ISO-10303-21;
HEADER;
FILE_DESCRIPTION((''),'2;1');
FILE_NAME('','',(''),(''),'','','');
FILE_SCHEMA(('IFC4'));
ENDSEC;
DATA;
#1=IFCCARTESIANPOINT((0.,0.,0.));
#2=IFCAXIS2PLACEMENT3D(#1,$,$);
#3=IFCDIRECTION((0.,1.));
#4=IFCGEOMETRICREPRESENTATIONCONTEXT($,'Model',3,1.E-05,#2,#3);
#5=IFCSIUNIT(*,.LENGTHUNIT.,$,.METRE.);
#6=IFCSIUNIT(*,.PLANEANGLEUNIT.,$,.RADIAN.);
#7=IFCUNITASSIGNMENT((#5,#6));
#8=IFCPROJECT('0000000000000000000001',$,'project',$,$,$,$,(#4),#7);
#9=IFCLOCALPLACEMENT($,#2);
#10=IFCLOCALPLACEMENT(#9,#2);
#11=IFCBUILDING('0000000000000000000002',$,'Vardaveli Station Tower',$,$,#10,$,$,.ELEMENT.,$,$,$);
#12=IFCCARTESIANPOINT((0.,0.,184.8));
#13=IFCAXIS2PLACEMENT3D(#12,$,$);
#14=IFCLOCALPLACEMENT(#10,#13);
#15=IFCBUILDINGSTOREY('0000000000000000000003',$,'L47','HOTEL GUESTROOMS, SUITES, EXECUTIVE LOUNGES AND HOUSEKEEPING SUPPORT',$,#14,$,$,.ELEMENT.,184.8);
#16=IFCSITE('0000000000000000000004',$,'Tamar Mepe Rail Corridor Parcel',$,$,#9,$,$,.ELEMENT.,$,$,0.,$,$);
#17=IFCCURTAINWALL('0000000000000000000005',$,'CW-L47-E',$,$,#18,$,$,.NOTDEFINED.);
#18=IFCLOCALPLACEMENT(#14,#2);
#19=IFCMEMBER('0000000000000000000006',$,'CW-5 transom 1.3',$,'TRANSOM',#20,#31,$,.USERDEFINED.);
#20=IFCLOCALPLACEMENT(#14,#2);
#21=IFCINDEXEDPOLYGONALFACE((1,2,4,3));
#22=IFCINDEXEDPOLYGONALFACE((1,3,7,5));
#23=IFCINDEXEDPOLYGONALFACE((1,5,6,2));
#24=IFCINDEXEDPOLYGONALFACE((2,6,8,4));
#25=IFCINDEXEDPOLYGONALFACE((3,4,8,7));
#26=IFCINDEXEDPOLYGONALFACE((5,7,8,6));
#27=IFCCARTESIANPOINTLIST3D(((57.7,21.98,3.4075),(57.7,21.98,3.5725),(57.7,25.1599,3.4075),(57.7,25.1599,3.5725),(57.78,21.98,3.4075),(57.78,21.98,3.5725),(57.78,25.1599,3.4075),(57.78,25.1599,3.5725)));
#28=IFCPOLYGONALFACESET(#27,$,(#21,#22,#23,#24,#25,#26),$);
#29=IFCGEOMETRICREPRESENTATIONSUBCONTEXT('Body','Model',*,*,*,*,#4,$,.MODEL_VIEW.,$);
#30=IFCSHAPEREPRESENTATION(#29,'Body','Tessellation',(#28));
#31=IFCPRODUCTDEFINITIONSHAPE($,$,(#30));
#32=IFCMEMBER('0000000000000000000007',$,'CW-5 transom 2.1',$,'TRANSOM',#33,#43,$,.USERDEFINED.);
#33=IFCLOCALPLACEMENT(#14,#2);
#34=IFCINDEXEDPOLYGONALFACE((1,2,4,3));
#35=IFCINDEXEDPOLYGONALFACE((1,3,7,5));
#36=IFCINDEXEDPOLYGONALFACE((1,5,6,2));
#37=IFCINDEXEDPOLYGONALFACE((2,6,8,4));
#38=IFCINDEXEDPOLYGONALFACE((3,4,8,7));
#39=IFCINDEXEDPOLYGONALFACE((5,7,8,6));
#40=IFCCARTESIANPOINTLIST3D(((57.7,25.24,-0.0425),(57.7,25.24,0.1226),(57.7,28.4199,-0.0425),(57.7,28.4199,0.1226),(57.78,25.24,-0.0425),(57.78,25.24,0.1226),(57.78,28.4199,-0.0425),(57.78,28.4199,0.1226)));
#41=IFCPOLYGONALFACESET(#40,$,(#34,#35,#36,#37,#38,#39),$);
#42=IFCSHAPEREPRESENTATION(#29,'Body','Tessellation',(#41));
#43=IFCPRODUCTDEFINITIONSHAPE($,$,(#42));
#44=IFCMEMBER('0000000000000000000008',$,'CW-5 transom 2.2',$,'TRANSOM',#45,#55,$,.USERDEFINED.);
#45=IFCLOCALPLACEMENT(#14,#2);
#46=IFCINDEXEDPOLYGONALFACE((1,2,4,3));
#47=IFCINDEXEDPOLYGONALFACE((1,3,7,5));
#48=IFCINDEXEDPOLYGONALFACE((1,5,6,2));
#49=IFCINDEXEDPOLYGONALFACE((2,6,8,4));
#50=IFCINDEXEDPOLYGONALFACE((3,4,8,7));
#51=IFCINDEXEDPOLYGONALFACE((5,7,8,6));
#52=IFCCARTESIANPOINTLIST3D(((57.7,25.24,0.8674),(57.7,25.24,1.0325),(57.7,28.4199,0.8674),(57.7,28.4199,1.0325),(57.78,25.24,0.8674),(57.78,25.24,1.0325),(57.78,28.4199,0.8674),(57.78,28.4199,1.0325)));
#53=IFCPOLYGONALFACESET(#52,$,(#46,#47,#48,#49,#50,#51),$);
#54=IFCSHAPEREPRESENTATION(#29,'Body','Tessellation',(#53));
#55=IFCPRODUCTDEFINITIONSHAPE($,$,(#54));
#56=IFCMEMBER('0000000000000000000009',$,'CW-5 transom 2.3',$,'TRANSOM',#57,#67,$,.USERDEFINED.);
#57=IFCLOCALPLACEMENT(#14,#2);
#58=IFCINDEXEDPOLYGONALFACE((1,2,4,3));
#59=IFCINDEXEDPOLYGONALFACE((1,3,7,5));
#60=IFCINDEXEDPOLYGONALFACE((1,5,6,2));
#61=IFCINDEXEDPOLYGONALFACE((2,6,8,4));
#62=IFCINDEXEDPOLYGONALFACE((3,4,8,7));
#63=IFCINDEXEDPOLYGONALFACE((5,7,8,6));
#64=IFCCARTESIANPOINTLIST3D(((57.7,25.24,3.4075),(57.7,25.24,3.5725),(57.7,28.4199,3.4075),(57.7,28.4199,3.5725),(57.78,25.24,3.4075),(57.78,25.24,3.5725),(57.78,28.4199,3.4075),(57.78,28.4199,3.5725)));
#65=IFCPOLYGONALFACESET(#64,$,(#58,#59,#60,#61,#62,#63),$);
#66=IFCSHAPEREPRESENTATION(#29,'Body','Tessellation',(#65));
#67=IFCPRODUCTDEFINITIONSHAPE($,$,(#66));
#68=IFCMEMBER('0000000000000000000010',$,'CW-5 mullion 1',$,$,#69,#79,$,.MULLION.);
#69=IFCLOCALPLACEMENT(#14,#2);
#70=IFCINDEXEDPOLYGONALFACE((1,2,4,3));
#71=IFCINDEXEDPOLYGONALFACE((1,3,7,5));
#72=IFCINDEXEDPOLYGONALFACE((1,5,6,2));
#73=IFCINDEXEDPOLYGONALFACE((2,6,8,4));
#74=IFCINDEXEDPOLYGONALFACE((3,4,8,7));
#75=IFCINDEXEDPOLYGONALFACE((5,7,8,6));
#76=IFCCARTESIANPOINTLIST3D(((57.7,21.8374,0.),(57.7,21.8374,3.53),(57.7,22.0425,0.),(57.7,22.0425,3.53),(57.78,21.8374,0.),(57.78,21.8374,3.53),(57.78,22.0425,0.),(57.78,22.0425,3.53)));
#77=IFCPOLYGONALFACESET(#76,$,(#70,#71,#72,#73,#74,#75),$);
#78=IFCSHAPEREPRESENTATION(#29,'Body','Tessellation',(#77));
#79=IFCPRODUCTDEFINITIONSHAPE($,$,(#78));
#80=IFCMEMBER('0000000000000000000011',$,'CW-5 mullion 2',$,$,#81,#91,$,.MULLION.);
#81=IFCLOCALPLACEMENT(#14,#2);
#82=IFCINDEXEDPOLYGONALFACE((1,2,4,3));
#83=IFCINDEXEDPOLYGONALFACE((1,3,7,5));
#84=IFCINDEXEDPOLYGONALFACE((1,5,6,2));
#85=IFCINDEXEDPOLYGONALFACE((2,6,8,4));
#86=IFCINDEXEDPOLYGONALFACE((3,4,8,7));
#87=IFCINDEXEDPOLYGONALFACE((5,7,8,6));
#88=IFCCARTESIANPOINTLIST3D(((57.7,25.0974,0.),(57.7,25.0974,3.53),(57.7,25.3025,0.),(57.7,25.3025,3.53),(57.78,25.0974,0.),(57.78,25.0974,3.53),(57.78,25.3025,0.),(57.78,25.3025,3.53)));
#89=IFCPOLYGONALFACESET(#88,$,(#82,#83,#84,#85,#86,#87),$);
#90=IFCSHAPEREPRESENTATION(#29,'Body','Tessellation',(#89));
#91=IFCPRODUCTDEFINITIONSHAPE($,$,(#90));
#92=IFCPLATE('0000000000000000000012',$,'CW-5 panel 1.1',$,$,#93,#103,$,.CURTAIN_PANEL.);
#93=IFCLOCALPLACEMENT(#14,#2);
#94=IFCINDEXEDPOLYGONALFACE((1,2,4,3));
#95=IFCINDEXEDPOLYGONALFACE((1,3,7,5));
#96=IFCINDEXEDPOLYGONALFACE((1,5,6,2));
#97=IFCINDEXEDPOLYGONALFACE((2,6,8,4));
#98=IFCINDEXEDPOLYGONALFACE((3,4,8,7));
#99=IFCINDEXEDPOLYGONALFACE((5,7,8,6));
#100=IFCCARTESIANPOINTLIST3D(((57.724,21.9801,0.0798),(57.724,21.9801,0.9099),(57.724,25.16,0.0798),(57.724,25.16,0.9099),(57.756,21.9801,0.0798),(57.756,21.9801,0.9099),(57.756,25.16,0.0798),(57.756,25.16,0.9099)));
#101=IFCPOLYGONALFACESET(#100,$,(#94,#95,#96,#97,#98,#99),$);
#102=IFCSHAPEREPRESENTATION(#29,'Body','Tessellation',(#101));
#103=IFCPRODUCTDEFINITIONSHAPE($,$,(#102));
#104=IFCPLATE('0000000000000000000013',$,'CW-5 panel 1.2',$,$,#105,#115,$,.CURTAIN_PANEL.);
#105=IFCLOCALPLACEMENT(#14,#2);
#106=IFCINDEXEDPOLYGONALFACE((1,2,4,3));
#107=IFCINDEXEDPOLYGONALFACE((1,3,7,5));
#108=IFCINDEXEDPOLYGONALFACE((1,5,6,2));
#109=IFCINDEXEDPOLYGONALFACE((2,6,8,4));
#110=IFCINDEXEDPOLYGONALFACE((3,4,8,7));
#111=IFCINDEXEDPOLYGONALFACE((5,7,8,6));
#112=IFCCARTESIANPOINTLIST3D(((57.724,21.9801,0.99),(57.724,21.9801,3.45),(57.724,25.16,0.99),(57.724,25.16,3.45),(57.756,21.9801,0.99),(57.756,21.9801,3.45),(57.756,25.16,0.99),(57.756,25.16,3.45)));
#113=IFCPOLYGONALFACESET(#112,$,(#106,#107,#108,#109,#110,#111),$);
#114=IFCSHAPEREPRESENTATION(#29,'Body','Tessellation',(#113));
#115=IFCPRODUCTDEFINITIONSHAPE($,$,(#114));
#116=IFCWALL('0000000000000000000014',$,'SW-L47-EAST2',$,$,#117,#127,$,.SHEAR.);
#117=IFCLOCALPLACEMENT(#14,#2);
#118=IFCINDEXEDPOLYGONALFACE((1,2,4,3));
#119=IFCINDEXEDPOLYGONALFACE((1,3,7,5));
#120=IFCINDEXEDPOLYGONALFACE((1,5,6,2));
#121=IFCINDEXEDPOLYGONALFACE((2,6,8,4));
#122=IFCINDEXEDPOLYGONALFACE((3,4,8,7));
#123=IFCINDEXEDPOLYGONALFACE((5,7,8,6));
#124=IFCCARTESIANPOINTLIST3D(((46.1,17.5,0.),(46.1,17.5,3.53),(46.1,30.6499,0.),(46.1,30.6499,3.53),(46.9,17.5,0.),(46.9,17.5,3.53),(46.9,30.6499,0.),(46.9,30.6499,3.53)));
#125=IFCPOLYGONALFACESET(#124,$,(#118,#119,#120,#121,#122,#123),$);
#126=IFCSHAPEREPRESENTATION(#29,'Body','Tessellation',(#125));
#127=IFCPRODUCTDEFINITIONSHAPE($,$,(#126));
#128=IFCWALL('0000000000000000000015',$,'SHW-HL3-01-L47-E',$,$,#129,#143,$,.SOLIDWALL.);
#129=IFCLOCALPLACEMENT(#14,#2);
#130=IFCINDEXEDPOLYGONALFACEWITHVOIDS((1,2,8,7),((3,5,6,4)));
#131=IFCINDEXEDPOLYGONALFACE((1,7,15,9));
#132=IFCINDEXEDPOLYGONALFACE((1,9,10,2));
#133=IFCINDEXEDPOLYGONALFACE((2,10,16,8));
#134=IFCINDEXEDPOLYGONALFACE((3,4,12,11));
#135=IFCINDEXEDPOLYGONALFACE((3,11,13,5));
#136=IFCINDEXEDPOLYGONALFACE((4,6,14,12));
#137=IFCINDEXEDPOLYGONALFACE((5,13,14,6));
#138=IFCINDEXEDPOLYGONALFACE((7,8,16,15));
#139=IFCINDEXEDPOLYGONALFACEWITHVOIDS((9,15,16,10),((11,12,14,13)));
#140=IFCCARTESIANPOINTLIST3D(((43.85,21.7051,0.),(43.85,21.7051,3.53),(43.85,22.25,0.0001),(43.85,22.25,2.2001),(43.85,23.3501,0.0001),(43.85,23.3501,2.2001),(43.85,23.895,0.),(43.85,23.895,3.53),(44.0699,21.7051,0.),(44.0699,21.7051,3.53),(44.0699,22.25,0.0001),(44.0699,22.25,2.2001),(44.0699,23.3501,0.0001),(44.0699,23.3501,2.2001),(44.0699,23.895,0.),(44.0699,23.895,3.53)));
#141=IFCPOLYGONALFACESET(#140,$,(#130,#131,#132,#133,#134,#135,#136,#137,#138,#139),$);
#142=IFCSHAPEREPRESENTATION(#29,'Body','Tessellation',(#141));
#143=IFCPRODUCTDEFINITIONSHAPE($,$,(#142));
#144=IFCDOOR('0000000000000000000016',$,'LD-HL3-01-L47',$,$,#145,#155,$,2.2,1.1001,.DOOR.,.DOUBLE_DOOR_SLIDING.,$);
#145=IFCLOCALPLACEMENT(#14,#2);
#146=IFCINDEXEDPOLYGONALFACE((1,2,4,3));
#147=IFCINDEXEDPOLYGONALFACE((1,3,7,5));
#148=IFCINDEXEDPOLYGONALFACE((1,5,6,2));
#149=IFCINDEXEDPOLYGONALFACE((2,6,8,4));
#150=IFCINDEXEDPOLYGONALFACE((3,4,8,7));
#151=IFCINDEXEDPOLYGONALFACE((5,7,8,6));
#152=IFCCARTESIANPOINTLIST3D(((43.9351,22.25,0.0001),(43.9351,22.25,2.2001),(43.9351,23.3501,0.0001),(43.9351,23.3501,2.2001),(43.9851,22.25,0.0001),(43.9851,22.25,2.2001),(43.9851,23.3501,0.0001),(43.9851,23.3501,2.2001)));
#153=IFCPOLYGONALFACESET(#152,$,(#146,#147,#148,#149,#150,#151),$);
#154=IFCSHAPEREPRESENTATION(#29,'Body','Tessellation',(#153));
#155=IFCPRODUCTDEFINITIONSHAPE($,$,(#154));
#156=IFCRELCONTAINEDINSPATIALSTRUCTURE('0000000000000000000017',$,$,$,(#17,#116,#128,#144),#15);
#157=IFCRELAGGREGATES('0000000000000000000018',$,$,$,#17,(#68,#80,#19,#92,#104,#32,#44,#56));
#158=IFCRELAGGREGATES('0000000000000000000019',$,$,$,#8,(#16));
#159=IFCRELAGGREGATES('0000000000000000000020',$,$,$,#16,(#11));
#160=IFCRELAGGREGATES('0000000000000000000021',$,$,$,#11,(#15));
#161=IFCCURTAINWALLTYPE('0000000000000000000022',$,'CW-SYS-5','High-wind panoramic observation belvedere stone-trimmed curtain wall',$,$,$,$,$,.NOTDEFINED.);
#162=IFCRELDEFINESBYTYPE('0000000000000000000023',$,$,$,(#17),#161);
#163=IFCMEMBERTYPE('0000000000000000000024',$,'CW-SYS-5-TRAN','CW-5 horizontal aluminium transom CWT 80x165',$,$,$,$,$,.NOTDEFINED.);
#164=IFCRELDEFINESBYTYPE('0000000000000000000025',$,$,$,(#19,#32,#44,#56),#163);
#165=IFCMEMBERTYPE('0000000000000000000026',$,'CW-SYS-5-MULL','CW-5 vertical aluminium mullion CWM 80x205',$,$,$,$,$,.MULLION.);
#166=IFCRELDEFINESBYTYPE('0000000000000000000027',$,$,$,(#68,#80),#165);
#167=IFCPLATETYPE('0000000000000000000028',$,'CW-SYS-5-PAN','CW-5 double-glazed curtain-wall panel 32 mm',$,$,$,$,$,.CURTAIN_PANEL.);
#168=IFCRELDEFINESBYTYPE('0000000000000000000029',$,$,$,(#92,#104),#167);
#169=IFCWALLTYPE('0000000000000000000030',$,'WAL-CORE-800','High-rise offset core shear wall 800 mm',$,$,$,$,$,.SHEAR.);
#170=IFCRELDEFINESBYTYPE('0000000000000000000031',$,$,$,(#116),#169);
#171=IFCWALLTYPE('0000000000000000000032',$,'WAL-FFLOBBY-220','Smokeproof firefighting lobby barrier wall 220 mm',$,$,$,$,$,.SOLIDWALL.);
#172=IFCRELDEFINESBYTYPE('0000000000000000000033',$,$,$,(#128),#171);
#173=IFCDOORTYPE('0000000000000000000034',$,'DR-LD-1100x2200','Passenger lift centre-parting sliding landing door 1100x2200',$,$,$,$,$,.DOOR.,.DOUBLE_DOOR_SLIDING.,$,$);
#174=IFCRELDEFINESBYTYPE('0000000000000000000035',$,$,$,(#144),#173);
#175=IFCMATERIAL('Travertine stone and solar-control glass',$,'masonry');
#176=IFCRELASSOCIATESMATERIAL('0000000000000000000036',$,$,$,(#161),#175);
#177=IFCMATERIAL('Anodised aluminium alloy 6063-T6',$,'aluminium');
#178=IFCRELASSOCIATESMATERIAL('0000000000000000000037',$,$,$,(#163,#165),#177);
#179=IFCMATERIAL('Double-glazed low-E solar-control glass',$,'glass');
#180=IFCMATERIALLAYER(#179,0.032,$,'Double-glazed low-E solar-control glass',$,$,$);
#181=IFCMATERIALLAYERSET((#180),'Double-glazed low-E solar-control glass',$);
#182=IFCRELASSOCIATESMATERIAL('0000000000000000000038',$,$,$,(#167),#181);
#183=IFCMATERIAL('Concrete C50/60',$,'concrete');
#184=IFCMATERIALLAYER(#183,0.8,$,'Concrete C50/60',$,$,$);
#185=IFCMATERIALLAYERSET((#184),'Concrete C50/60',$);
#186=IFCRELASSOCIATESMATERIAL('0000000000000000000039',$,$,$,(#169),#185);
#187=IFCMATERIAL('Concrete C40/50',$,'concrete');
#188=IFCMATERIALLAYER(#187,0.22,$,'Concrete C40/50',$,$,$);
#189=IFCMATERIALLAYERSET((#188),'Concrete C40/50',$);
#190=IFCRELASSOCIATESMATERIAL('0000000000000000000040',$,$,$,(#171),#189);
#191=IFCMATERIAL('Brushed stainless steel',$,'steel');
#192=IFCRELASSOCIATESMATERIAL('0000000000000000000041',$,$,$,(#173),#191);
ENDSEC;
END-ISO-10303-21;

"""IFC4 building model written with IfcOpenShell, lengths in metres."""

from ifc_helpers import new_model, si_unit, direction, frame, frame_2d, origin, origin_2d, place, context, subcontext, project, spatial, rectangle, extrude, source, transform, mapped, material, layer, layer_set, material_profile, profile_set, type_object, element, fill, aggregate, save


model = new_model("IFC4")

# Units and contexts
model_context = context("Model", 3, precision=1e-05, world=origin(), true_north=direction((0.0, 1.0)))
body_context = subcontext(model_context, "Body", "Model", "MODEL_VIEW")
ifc_project = project(units=[si_unit("LENGTHUNIT", "METRE"), si_unit("PLANEANGLEUNIT", "RADIAN")], contexts=[model_context])

# Site, building, storey
site_placement = place(None, origin())
site = spatial("IfcSite", under=ifc_project, at=site_placement, Name="Tamar Mepe Rail Corridor Parcel", CompositionType="ELEMENT", RefElevation=0.0)
building_placement = place(site_placement, origin())
building = spatial("IfcBuilding", under=site, at=building_placement, Name="Vardaveli Station Tower", CompositionType="ELEMENT")
storey_placement = place(building_placement, frame((0.0, 0.0, 184.8)))
storey = spatial("IfcBuildingStorey", under=building, at=storey_placement, Name="L47", Description="HOTEL GUESTROOMS, SUITES, EXECUTIVE LOUNGES AND HOUSEKEEPING SUPPORT", CompositionType="ELEMENT", Elevation=184.8)

# Curtain wall, members, plates
ifc_material_1 = material(Name="Travertine stone and solar-control glass", Category="masonry")
curtain_wall_type = type_object("IfcCurtainWallType", Name="CW-SYS-5", Description="High-wind panoramic observation belvedere stone-trimmed curtain wall", PredefinedType="NOTDEFINED", material=ifc_material_1)
curtain_wall_placement = place(storey_placement, origin())
curtain_wall = element("IfcCurtainWall", 1, at=curtain_wall_placement, inside=storey, type_object=curtain_wall_type, Name="CW-L47-E", PredefinedType="NOTDEFINED")
ifc_material_2 = material(Name="Anodised aluminium alloy 6063-T6", Category="aluminium")
ifc_material_profile_1 = material_profile(ifc_material_2, rectangle(XDim=0.0801, YDim=0.165, at=origin_2d()), Name="CWT 80x165")
ifc_profile_set_1 = profile_set([ifc_material_profile_1], Name="Anodised aluminium alloy 6063-T6")
member_type_1 = type_object("IfcMemberType", Name="CW-SYS-5-TRAN", Description="CW-5 horizontal aluminium transom CWT 80x165", PredefinedType="NOTDEFINED", material=ifc_profile_set_1)
shared_shape_1 = source(origin(), body_context, "Body", "SweptSolid", [
    extrude(rectangle(XDim=0.0801, YDim=0.165, at=origin_2d()), origin(), (0.0, 0.0, 1.0), 3.1799),
])
member_1_placement = place(storey_placement, frame((57.74, 21.98, 3.49), z_axis=(0.0, 1.0, 0.0), x_axis=(-1.0, 0.0, 0.0)))
member_1 = element("IfcMember", 2, at=member_1_placement, type_object=member_type_1, Name="CW-5 transom 1.3", ObjectType="TRANSOM", PredefinedType="USERDEFINED", context=body_context, shape_type="MappedRepresentation", body=[
    mapped(shared_shape_1, transform((0.0, 0.0, 0.0), scale=1.0)),
])
member_2_placement = place(storey_placement, frame((57.74, 25.24, 0.04), z_axis=(0.0, 1.0, 0.0), x_axis=(-1.0, 0.0, 0.0)))
member_2 = element("IfcMember", 3, at=member_2_placement, type_object=member_type_1, Name="CW-5 transom 2.1", ObjectType="TRANSOM", PredefinedType="USERDEFINED", context=body_context, shape_type="MappedRepresentation", body=[
    mapped(shared_shape_1, transform((0.0, 0.0, 0.0), scale=1.0)),
])
member_3_placement = place(storey_placement, frame((57.74, 25.24, 0.95), z_axis=(0.0, 1.0, 0.0), x_axis=(-1.0, 0.0, 0.0)))
member_3 = element("IfcMember", 4, at=member_3_placement, type_object=member_type_1, Name="CW-5 transom 2.2", ObjectType="TRANSOM", PredefinedType="USERDEFINED", context=body_context, shape_type="MappedRepresentation", body=[
    mapped(shared_shape_1, transform((0.0, 0.0, 0.0), scale=1.0)),
])
member_4_placement = place(storey_placement, frame((57.74, 25.24, 3.49), z_axis=(0.0, 1.0, 0.0), x_axis=(-1.0, 0.0, 0.0)))
member_4 = element("IfcMember", 5, at=member_4_placement, type_object=member_type_1, Name="CW-5 transom 2.3", ObjectType="TRANSOM", PredefinedType="USERDEFINED", context=body_context, shape_type="MappedRepresentation", body=[
    mapped(shared_shape_1, transform((0.0, 0.0, 0.0), scale=1.0)),
])
ifc_material_profile_2 = material_profile(ifc_material_2, rectangle(XDim=0.0801, YDim=0.2051, at=origin_2d()), Name="CWM 80x205")
ifc_profile_set_2 = profile_set([ifc_material_profile_2], Name="Anodised aluminium alloy 6063-T6")
member_type_2 = type_object("IfcMemberType", Name="CW-SYS-5-MULL", Description="CW-5 vertical aluminium mullion CWM 80x205", PredefinedType="MULLION", material=ifc_profile_set_2)
shared_shape_2 = source(origin(), body_context, "Body", "SweptSolid", [
    extrude(rectangle(XDim=0.0801, YDim=0.2051, at=origin_2d()), origin(), (0.0, 0.0, 1.0), 3.53),
])
member_5_placement = place(storey_placement, frame((57.74, 21.9399, 0.0), z_axis=(0.0, 0.0, 1.0), x_axis=(-1.0, 0.0, 0.0)))
member_5 = element("IfcMember", 6, at=member_5_placement, type_object=member_type_2, Name="CW-5 mullion 1", PredefinedType="MULLION", context=body_context, shape_type="MappedRepresentation", body=[
    mapped(shared_shape_2, transform((0.0, 0.0, 0.0), scale=1.0)),
])
member_6_placement = place(storey_placement, frame((57.74, 25.2, 0.0), z_axis=(0.0, 0.0, 1.0), x_axis=(-1.0, 0.0, 0.0)))
member_6 = element("IfcMember", 7, at=member_6_placement, type_object=member_type_2, Name="CW-5 mullion 2", PredefinedType="MULLION", context=body_context, shape_type="MappedRepresentation", body=[
    mapped(shared_shape_2, transform((0.0, 0.0, 0.0), scale=1.0)),
])
ifc_material_3 = material(Name="Double-glazed low-E solar-control glass", Category="glass")
ifc_layer_1 = layer(ifc_material_3, 0.032, Name="Double-glazed low-E solar-control glass")
ifc_layer_set_1 = layer_set([ifc_layer_1], Name="Double-glazed low-E solar-control glass")
plate_type = type_object("IfcPlateType", Name="CW-SYS-5-PAN", Description="CW-5 double-glazed curtain-wall panel 32 mm", PredefinedType="CURTAIN_PANEL", material=ifc_layer_set_1)
shared_shape_3 = source(origin(), body_context, "Body", "SweptSolid", [
    extrude(rectangle(XDim=3.1799, YDim=0.032, at=origin_2d()), origin(), (0.0, 0.0, 1.0), 0.8301),
])
plate_1_placement = place(storey_placement, frame((57.74, 23.5701, 0.0798), z_axis=(0.0, 0.0, 1.0), x_axis=(0.0, 1.0, 0.0)))
plate_1 = element("IfcPlate", 8, at=plate_1_placement, type_object=plate_type, Name="CW-5 panel 1.1", PredefinedType="CURTAIN_PANEL", context=body_context, shape_type="MappedRepresentation", body=[
    mapped(shared_shape_3, transform((0.0, 0.0, 0.0), scale=1.0)),
])
shared_shape_4 = source(origin(), body_context, "Body", "SweptSolid", [
    extrude(rectangle(XDim=3.1799, YDim=0.032, at=origin_2d()), origin(), (0.0, 0.0, 1.0), 2.46),
])
plate_2_placement = place(storey_placement, frame((57.74, 23.5701, 0.99), z_axis=(0.0, 0.0, 1.0), x_axis=(0.0, 1.0, 0.0)))
plate_2 = element("IfcPlate", 9, at=plate_2_placement, type_object=plate_type, Name="CW-5 panel 1.2", PredefinedType="CURTAIN_PANEL", context=body_context, shape_type="MappedRepresentation", body=[
    mapped(shared_shape_4, transform((0.0, 0.0, 0.0), scale=1.0)),
])
aggregate(curtain_wall, [member_5, member_6, member_1, plate_1, plate_2, member_2, member_3, member_4])

# Wall
ifc_material_4 = material(Name="Concrete C50/60", Category="concrete")
ifc_layer_2 = layer(ifc_material_4, 0.8, Name="Concrete C50/60")
ifc_layer_set_2 = layer_set([ifc_layer_2], Name="Concrete C50/60")
wall_type_1 = type_object("IfcWallType", Name="WAL-CORE-800", Description="High-rise offset core shear wall 800 mm", PredefinedType="SHEAR", material=ifc_layer_set_2)
shared_shape_5 = source(origin(), body_context, "Body", "SweptSolid", [
    extrude(rectangle(XDim=13.1499, YDim=0.8, at=frame_2d((6.575, 0.0))), origin(), (0.0, 0.0, 1.0), 3.53),
])
wall_1_placement = place(storey_placement, frame((46.5, 17.5, 0.0), z_axis=(0.0, 0.0, 1.0), x_axis=(0.0, 1.0, 0.0)))
element("IfcWall", 10, at=wall_1_placement, inside=storey, type_object=wall_type_1, Name="SW-L47-EAST2", PredefinedType="SHEAR", context=body_context, shape_type="MappedRepresentation", body=[
    mapped(shared_shape_5, transform((0.0, 0.0, 0.0), scale=1.0)),
])

# Wall, opening, door
ifc_material_5 = material(Name="Concrete C40/50", Category="concrete")
ifc_layer_3 = layer(ifc_material_5, 0.22, Name="Concrete C40/50")
ifc_layer_set_3 = layer_set([ifc_layer_3], Name="Concrete C40/50")
wall_type_2 = type_object("IfcWallType", Name="WAL-FFLOBBY-220", Description="Smokeproof firefighting lobby barrier wall 220 mm", PredefinedType="SOLIDWALL", material=ifc_layer_set_3)
shared_shape_6 = source(origin(), body_context, "Body", "SweptSolid", [
    extrude(rectangle(XDim=2.1899, YDim=0.22, at=frame_2d((1.095, 0.0))), origin(), (0.0, 0.0, 1.0), 3.53),
])
wall_2_placement = place(storey_placement, frame((43.96, 21.7051, 0.0), z_axis=(0.0, 0.0, 1.0), x_axis=(0.0, 1.0, 0.0)))
wall_2 = element("IfcWall", 11, at=wall_2_placement, inside=storey, type_object=wall_type_2, Name="SHW-HL3-01-L47-E", PredefinedType="SOLIDWALL", context=body_context, shape_type="MappedRepresentation", body=[
    mapped(shared_shape_6, transform((0.0, 0.0, 0.0), scale=1.0)),
])
shared_shape_7 = source(origin(), body_context, "Body", "SweptSolid", [
    extrude(rectangle(XDim=1.1001, YDim=2.2, at=frame_2d((0.55, 1.1001))), frame((0.0, 0.1201, 0.0), z_axis=(0.0, -1.0, 0.0), x_axis=(1.0, 0.0, 0.0)), (0.0, 0.0, 1.0), 0.24),
])
opening_1_placement = place(wall_2_placement, frame((0.5449, 0.0, 0.0)))
opening_1 = element("IfcOpeningElement", 12, at=opening_1_placement, cuts=wall_2, PredefinedType="OPENING", context=body_context, shape_type="MappedRepresentation", body=[
    mapped(shared_shape_7, transform((0.0, 0.0, 0.0), scale=1.0)),
])
ifc_material_6 = material(Name="Brushed stainless steel", Category="steel")
door_type = type_object("IfcDoorType", Name="DR-LD-1100x2200", Description="Passenger lift centre-parting sliding landing door 1100x2200", OperationType="DOUBLE_DOOR_SLIDING", PredefinedType="DOOR", material=ifc_material_6)
shared_shape_8 = source(origin(), body_context, "Body", "SweptSolid", [
    extrude(rectangle(XDim=1.1001, YDim=2.2, at=frame_2d((0.55, 1.1001))), frame((0.0, 0.0249, 0.0), z_axis=(0.0, -1.0, 0.0), x_axis=(1.0, 0.0, 0.0)), (0.0, 0.0, 1.0), 0.05),
])
door_1_placement = place(opening_1_placement, origin())
door_1 = element("IfcDoor", 13, at=door_1_placement, inside=storey, type_object=door_type, Name="LD-HL3-01-L47", OperationType="DOUBLE_DOOR_SLIDING", OverallHeight=2.2, OverallWidth=1.1001, PredefinedType="DOOR", context=body_context, shape_type="MappedRepresentation", body=[
    mapped(shared_shape_8, transform((0.0, 0.0, 0.0), scale=1.0)),
])
fill(opening_1, door_1)

save(model, "model.ifc")
